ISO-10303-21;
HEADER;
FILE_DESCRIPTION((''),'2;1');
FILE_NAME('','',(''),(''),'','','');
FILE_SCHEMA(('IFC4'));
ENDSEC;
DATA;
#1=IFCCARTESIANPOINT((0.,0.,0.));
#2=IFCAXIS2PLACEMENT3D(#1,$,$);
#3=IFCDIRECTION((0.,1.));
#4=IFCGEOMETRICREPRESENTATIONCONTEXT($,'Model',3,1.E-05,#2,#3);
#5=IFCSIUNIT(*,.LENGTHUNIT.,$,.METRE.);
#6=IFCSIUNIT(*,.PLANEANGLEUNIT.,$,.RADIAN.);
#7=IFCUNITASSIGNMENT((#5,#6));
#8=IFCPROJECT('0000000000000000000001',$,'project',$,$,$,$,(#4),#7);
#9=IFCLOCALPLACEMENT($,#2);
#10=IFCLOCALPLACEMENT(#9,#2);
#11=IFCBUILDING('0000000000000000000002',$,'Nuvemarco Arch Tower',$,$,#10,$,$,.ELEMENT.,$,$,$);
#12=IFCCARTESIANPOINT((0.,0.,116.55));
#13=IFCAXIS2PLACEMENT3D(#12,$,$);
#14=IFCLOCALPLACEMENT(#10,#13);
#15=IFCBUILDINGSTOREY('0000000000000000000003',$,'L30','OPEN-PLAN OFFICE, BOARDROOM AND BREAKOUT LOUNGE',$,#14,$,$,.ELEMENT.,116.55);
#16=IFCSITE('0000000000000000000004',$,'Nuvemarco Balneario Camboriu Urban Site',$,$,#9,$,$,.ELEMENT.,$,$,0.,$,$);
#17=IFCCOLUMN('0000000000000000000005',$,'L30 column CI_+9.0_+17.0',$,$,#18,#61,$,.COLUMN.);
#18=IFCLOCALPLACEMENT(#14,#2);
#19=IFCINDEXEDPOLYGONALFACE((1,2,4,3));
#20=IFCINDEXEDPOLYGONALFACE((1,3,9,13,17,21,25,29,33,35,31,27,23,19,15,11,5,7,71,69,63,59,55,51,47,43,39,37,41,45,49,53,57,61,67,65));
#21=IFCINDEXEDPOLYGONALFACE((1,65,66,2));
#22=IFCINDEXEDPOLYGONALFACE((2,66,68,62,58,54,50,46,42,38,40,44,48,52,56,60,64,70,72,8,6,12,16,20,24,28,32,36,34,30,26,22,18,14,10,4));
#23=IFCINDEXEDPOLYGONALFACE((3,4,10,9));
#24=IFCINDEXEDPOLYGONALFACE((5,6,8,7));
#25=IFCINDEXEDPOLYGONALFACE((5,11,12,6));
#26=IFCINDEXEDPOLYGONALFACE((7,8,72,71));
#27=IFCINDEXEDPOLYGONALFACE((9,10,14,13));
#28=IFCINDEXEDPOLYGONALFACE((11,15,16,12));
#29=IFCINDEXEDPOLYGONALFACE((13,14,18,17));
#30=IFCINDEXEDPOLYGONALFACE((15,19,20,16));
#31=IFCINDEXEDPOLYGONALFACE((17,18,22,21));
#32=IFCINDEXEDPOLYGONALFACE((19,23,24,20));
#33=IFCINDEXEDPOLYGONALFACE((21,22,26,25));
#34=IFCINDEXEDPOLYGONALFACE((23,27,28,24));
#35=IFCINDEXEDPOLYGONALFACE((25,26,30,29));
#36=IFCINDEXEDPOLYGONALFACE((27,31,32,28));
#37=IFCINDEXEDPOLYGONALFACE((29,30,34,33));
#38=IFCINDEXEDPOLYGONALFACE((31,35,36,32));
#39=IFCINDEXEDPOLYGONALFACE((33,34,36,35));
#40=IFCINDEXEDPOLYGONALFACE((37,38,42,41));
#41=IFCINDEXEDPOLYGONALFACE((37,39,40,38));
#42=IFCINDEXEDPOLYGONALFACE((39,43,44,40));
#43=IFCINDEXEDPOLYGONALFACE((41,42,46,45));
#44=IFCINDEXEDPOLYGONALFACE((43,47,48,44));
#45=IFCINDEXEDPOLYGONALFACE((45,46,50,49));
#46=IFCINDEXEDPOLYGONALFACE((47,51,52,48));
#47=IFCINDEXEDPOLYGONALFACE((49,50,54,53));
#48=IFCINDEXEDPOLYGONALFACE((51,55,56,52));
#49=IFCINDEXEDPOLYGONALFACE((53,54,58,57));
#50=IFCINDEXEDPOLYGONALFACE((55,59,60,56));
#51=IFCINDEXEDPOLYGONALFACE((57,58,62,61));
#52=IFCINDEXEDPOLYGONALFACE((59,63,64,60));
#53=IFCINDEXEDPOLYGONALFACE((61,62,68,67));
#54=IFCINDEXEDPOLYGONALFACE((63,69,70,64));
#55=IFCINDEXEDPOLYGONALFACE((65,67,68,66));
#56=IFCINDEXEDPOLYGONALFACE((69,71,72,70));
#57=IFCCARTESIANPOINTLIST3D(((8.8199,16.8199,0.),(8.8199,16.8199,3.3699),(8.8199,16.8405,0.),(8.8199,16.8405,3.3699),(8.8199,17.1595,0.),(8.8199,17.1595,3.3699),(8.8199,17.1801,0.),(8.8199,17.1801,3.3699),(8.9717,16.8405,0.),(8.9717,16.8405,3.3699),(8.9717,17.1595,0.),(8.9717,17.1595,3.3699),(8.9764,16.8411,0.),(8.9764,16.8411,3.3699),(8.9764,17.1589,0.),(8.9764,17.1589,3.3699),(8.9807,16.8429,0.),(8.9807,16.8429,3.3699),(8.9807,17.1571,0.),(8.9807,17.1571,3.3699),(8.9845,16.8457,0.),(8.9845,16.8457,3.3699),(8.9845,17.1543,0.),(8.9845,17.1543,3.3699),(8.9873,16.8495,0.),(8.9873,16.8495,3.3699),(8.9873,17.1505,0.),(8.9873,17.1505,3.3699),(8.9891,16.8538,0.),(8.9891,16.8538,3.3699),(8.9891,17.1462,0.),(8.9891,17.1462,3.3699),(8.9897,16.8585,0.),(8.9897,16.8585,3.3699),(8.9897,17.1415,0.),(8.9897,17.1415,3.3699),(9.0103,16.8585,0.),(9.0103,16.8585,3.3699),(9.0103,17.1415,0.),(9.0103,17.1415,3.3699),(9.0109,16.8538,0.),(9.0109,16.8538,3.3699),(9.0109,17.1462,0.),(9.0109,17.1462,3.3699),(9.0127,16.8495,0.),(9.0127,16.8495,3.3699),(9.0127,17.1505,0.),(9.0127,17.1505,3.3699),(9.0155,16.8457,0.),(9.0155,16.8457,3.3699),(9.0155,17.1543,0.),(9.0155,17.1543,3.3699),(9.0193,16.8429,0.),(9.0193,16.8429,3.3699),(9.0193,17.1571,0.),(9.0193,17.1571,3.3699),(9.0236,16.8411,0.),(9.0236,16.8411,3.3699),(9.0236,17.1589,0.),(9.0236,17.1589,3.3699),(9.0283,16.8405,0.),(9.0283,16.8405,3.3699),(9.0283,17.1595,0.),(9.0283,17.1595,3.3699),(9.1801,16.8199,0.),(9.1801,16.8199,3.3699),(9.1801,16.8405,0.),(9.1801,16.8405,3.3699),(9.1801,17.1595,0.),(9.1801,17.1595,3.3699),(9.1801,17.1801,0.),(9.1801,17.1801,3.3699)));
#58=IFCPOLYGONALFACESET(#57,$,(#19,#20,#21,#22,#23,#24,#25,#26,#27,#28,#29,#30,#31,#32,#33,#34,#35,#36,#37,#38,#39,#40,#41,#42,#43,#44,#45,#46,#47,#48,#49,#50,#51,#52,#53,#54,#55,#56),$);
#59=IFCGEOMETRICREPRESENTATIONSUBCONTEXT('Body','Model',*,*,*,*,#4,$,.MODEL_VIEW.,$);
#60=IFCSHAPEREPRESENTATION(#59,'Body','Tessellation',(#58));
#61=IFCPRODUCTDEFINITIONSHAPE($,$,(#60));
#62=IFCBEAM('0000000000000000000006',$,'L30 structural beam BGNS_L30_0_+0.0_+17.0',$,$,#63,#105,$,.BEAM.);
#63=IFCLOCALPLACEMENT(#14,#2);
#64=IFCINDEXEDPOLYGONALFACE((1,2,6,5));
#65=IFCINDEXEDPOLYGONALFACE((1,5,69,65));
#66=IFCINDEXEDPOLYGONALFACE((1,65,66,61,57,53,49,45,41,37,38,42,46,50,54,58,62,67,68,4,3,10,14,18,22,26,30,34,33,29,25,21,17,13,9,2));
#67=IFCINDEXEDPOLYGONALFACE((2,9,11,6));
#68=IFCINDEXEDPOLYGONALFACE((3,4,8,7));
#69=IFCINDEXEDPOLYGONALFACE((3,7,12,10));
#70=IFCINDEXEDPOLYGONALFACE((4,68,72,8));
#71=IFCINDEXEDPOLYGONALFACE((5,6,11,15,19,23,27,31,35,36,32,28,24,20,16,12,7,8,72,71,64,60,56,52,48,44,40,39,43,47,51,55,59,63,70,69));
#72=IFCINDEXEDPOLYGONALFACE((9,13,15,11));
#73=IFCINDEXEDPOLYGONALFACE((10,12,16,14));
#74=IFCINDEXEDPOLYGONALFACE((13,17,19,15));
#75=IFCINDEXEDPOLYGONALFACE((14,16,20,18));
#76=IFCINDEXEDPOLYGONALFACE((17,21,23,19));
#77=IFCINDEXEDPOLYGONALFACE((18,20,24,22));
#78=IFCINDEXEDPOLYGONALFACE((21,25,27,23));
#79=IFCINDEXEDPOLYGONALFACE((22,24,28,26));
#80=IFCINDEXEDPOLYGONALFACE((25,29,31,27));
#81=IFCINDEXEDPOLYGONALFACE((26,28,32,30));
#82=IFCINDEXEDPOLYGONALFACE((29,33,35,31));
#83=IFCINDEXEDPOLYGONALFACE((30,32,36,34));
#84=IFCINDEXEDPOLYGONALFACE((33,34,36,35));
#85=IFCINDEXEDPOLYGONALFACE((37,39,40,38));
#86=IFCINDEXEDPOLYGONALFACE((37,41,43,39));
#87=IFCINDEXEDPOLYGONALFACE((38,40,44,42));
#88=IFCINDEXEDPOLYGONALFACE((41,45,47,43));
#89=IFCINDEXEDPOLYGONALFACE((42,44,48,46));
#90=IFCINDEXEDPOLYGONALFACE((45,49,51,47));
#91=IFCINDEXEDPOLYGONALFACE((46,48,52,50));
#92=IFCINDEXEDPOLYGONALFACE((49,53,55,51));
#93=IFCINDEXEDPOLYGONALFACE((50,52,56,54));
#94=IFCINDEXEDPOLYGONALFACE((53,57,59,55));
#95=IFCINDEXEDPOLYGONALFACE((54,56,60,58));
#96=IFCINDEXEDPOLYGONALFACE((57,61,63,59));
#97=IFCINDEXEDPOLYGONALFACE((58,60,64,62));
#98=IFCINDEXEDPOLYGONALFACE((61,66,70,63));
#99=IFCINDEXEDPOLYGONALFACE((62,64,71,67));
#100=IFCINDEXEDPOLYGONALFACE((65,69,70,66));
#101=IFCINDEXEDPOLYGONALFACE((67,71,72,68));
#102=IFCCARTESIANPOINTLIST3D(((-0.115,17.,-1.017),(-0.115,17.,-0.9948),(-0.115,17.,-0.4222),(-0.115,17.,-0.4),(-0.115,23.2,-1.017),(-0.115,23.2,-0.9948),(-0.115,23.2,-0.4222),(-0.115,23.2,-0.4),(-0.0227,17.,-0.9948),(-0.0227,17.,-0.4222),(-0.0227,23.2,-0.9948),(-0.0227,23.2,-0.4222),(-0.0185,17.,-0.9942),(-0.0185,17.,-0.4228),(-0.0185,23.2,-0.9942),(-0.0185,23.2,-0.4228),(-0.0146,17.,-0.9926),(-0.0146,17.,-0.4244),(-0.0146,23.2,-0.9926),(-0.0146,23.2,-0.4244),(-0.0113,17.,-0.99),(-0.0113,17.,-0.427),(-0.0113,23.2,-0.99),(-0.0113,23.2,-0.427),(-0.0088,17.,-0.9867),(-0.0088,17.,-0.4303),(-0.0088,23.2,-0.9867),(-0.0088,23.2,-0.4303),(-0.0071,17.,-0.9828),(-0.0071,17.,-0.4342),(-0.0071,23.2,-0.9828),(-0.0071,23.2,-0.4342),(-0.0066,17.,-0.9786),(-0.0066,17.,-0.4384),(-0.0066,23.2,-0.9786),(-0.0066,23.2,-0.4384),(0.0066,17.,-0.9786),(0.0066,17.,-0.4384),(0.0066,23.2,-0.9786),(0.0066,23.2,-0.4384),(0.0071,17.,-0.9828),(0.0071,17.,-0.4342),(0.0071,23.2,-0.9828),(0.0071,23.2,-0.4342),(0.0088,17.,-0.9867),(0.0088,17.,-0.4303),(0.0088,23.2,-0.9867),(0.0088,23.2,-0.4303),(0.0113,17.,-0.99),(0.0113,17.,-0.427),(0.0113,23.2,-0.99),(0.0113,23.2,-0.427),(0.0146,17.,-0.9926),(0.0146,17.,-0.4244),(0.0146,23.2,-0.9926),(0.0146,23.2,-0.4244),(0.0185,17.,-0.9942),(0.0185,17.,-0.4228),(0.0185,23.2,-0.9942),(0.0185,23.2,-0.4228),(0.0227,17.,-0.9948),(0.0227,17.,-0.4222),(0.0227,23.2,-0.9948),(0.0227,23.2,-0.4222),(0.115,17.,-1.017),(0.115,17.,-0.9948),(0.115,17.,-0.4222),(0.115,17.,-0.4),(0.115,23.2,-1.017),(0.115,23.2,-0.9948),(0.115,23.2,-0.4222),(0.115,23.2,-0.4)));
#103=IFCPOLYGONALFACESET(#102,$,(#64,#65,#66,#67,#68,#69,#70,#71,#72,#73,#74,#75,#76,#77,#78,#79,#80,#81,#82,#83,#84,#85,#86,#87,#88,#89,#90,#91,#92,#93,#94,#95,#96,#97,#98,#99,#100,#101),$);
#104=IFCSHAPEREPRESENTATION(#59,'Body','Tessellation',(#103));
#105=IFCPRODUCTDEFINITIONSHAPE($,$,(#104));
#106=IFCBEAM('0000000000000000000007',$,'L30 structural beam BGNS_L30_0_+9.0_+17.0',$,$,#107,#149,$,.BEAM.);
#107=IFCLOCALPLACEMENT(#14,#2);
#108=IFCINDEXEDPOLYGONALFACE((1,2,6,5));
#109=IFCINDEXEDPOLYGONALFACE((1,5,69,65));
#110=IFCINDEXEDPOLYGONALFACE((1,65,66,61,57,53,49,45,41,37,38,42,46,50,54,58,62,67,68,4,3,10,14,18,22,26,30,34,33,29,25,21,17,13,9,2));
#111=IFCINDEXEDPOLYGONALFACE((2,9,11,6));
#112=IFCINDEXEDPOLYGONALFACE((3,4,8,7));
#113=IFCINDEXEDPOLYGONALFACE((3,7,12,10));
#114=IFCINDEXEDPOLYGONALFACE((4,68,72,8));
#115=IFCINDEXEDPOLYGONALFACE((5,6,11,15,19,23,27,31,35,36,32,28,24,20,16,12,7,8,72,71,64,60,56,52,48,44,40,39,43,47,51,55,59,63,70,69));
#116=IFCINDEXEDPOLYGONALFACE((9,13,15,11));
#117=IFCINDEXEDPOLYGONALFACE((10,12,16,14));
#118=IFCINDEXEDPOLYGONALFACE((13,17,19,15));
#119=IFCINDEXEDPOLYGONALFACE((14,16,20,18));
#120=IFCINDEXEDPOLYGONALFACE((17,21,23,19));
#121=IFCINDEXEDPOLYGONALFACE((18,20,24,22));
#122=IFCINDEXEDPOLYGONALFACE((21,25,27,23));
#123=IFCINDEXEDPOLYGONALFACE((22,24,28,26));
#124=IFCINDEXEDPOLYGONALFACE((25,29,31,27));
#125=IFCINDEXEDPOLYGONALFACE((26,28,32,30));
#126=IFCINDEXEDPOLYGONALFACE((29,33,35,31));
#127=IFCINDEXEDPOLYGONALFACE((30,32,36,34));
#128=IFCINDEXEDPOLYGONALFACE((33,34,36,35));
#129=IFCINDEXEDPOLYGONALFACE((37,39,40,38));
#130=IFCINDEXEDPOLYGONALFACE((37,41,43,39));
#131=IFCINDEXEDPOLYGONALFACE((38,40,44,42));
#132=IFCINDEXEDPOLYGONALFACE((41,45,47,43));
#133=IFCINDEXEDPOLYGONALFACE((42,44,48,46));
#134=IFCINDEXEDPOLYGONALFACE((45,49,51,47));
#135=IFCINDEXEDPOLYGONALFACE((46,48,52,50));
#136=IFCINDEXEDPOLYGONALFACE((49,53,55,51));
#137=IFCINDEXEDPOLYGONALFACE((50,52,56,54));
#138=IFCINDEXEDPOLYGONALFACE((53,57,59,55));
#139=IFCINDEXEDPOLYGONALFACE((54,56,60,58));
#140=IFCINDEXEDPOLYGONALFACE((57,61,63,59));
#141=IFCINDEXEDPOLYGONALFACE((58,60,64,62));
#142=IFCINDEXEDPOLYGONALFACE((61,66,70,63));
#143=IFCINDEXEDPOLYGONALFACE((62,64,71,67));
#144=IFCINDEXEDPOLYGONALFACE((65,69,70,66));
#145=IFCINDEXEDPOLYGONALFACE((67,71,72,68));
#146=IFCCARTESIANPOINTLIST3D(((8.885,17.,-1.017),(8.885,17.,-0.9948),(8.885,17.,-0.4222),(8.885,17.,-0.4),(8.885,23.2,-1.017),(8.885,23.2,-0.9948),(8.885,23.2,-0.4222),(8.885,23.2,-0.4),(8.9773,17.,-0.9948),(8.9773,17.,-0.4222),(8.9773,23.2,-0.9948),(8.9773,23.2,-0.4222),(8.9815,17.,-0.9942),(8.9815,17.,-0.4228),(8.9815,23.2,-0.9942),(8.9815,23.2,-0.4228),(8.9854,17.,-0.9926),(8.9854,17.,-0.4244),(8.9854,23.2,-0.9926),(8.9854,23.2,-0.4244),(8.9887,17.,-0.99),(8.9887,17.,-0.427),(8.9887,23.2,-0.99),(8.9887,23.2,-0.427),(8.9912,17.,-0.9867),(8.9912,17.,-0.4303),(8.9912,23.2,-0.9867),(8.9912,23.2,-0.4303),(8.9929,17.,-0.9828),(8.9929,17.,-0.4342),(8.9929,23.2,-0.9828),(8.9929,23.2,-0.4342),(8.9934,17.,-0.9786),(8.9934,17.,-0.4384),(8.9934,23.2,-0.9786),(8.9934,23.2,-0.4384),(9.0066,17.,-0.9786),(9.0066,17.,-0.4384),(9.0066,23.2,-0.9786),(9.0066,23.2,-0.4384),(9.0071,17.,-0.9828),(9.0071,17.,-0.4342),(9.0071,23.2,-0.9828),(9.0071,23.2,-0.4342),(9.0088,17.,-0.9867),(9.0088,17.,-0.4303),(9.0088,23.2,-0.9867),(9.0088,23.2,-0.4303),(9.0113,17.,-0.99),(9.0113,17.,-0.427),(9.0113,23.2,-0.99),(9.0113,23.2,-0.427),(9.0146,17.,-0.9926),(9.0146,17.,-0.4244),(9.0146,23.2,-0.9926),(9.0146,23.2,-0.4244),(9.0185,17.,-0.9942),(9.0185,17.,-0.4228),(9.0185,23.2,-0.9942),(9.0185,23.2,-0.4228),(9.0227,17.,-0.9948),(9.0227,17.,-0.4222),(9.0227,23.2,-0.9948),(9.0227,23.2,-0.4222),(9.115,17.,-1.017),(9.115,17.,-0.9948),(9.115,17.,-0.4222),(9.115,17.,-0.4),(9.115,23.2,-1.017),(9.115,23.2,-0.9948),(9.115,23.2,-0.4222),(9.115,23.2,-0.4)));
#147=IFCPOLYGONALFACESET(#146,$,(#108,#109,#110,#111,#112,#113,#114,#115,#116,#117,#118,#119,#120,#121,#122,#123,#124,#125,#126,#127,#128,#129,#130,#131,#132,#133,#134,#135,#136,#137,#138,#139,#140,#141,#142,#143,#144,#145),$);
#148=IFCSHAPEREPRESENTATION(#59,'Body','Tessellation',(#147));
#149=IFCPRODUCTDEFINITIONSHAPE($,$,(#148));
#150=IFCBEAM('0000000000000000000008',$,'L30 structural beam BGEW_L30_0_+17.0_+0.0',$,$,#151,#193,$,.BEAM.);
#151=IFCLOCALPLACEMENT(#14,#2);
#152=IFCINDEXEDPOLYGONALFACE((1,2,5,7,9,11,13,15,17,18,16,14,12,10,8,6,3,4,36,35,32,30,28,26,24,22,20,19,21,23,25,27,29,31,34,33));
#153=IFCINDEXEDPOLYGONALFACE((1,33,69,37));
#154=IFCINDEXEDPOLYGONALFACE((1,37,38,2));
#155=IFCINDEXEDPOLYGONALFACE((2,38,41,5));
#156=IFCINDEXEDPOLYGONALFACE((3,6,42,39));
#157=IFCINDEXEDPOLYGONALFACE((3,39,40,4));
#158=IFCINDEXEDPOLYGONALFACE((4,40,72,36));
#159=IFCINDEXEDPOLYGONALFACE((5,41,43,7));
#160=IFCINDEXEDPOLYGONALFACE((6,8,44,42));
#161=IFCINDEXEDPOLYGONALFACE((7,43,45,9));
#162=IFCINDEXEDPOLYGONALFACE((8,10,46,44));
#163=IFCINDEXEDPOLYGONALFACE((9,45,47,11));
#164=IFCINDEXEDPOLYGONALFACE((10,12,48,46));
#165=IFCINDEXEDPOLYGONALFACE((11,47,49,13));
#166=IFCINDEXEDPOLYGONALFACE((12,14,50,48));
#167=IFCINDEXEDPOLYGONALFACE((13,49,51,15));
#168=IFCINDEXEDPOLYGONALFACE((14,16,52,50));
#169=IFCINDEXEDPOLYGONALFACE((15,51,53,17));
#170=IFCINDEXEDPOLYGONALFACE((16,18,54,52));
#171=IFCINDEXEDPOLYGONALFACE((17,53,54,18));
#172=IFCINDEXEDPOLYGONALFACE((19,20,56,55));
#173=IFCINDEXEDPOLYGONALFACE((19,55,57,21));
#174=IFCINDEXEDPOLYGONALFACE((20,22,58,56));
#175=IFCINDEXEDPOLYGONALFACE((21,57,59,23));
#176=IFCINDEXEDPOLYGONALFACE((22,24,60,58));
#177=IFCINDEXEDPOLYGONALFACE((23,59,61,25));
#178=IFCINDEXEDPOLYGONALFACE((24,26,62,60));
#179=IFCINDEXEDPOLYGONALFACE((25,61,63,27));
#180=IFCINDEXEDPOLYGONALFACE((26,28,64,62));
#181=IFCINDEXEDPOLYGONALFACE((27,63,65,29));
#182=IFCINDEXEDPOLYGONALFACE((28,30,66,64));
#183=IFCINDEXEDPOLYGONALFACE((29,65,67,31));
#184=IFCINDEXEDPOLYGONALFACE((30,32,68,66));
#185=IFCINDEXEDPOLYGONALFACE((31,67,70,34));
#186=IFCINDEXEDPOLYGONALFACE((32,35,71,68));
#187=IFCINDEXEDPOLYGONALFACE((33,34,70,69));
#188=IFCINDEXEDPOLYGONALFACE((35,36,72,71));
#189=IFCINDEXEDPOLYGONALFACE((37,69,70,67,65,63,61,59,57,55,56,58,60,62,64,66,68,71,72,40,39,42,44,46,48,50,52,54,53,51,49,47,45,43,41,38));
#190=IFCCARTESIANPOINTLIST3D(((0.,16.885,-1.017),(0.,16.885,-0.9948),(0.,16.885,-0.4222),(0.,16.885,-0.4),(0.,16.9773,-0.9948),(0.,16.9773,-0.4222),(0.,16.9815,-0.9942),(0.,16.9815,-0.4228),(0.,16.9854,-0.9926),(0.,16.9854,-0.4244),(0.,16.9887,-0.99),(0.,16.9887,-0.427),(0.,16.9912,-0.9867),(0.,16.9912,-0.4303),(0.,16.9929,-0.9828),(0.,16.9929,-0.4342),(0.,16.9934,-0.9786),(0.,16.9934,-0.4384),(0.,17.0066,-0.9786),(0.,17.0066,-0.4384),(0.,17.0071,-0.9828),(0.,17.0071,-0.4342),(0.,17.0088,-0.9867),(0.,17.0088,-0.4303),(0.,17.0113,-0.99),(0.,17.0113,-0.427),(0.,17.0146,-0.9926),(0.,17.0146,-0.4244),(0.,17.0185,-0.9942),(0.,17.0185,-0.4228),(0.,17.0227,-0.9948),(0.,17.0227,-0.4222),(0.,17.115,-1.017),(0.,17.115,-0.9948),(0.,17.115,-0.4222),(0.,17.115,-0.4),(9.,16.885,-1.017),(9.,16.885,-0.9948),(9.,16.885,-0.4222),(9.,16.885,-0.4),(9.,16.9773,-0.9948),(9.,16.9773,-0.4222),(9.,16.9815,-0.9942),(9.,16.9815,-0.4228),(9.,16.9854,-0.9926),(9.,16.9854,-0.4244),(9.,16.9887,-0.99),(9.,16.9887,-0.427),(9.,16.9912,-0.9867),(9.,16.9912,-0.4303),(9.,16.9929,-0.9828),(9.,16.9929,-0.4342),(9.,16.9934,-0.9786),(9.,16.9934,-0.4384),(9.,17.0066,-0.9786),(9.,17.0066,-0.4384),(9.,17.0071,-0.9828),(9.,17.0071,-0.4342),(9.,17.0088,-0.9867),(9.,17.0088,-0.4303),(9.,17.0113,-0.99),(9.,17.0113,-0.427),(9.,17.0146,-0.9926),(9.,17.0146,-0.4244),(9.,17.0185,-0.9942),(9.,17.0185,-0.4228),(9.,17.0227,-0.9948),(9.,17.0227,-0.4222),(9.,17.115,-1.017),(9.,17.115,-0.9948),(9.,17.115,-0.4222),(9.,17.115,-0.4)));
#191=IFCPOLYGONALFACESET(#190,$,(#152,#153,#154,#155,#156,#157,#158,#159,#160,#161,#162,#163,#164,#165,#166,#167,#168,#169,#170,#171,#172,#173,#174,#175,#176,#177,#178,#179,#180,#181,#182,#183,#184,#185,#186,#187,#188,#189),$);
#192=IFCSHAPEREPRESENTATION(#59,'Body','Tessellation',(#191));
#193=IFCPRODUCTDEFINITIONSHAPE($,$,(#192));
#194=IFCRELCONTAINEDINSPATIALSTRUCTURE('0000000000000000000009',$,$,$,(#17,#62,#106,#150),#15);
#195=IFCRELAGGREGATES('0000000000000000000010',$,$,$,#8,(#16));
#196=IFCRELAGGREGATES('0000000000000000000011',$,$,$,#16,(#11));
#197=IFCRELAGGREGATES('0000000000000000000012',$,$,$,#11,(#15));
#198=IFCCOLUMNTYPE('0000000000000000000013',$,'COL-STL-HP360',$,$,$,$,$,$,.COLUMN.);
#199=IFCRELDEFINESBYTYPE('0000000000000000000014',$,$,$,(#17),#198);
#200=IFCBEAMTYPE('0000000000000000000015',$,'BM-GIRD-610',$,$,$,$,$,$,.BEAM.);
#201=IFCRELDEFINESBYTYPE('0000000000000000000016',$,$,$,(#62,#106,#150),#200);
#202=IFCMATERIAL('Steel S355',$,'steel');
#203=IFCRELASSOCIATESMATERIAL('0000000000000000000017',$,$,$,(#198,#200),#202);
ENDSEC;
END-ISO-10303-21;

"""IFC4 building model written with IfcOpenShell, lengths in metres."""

from ifc_helpers import new_model, si_unit, direction, frame, origin, origin_2d, place, context, subcontext, project, spatial, i_section, extrude, material, material_profile, profile_set, type_object, element, save


model = new_model("IFC4")

# Units and contexts
model_context = context("Model", 3, precision=1e-05, world=origin(), true_north=direction((0.0, 1.0)))
body_context = subcontext(model_context, "Body", "Model", "MODEL_VIEW")
ifc_project = project(units=[si_unit("LENGTHUNIT", "METRE"), si_unit("PLANEANGLEUNIT", "RADIAN")], contexts=[model_context])

# Site, building, storey
site_placement = place(None, origin())
site = spatial("IfcSite", under=ifc_project, at=site_placement, Name="Nuvemarco Balneario Camboriu Urban Site", CompositionType="ELEMENT", RefElevation=0.0)
building_placement = place(site_placement, origin())
building = spatial("IfcBuilding", under=site, at=building_placement, Name="Nuvemarco Arch Tower", CompositionType="ELEMENT")
storey_placement = place(building_placement, frame((0.0, 0.0, 116.55)))
storey = spatial("IfcBuildingStorey", under=building, at=storey_placement, Name="L30", Description="OPEN-PLAN OFFICE, BOARDROOM AND BREAKOUT LOUNGE", CompositionType="ELEMENT", Elevation=116.55)

# Column
ifc_material_1 = material(Name="Steel S355", Category="steel")
ifc_material_profile_1 = material_profile(ifc_material_1, i_section(OverallWidth=0.3601, OverallDepth=0.3601, WebThickness=0.0205, FlangeThickness=0.0205, FilletRadius=0.0181, at=origin_2d()), Name="HP360x174")
ifc_profile_set_1 = profile_set([ifc_material_profile_1], Name="Steel S355")
column_type_1 = type_object("IfcColumnType", Name="COL-STL-HP360", PredefinedType="COLUMN", material=ifc_profile_set_1)
for number, where, z_axis, x_axis, name in (
    (1, (9.0, 17.0, 0.0), (0.0, 0.0, 1.0), (1.0, 0.0, 0.0), "L30 column CI_+9.0_+17.0"),
):
    element("IfcColumn", number, at=place(storey_placement, frame(where, z_axis=z_axis, x_axis=x_axis)), inside=storey, type_object=column_type_1, Name=name, PredefinedType="COLUMN", context=body_context, shape_type="SweptSolid", body=[
        extrude(i_section(OverallWidth=0.3601, OverallDepth=0.3601, WebThickness=0.0205, FlangeThickness=0.0205, FilletRadius=0.0181, at=origin_2d()), origin(), (0.0, 0.0, 1.0), 3.3699),
    ])

# Beams
ifc_material_profile_2 = material_profile(ifc_material_1, i_section(OverallWidth=0.23, OverallDepth=0.6169, WebThickness=0.0132, FlangeThickness=0.0222, FilletRadius=0.0161, at=origin_2d()), Name="W610x140")
ifc_profile_set_2 = profile_set([ifc_material_profile_2], Name="Steel S355")
beam_type_1 = type_object("IfcBeamType", Name="BM-GIRD-610", PredefinedType="BEAM", material=ifc_profile_set_2)
for number, where, z_axis, x_axis, name in (
    (2, (0.0, 17.0, -0.7085), (0.0, 1.0, 0.0), (-1.0, 0.0, 0.0), "L30 structural beam BGNS_L30_0_+0.0_+17.0"),
    (3, (9.0, 17.0, -0.7085), (0.0, 1.0, 0.0), (-1.0, 0.0, 0.0), "L30 structural beam BGNS_L30_0_+9.0_+17.0"),
):
    element("IfcBeam", number, at=place(storey_placement, frame(where, z_axis=z_axis, x_axis=x_axis)), inside=storey, type_object=beam_type_1, Name=name, PredefinedType="BEAM", context=body_context, shape_type="SweptSolid", body=[
        extrude(i_section(OverallWidth=0.23, OverallDepth=0.6169, WebThickness=0.0132, FlangeThickness=0.0222, FilletRadius=0.0161, at=origin_2d()), origin(), (0.0, 0.0, 1.0), 6.2),
    ])
beam_1_placement = place(storey_placement, frame((0.0, 17.0, -0.7085), z_axis=(1.0, 0.0, 0.0), x_axis=(0.0, 1.0, 0.0)))
element("IfcBeam", 4, at=beam_1_placement, inside=storey, type_object=beam_type_1, Name="L30 structural beam BGEW_L30_0_+17.0_+0.0", PredefinedType="BEAM", context=body_context, shape_type="SweptSolid", body=[
    extrude(i_section(OverallWidth=0.23, OverallDepth=0.6169, WebThickness=0.0132, FlangeThickness=0.0222, FilletRadius=0.0161, at=origin_2d()), origin(), (0.0, 0.0, 1.0), 9.0),
])

save(model, "model.ifc")
